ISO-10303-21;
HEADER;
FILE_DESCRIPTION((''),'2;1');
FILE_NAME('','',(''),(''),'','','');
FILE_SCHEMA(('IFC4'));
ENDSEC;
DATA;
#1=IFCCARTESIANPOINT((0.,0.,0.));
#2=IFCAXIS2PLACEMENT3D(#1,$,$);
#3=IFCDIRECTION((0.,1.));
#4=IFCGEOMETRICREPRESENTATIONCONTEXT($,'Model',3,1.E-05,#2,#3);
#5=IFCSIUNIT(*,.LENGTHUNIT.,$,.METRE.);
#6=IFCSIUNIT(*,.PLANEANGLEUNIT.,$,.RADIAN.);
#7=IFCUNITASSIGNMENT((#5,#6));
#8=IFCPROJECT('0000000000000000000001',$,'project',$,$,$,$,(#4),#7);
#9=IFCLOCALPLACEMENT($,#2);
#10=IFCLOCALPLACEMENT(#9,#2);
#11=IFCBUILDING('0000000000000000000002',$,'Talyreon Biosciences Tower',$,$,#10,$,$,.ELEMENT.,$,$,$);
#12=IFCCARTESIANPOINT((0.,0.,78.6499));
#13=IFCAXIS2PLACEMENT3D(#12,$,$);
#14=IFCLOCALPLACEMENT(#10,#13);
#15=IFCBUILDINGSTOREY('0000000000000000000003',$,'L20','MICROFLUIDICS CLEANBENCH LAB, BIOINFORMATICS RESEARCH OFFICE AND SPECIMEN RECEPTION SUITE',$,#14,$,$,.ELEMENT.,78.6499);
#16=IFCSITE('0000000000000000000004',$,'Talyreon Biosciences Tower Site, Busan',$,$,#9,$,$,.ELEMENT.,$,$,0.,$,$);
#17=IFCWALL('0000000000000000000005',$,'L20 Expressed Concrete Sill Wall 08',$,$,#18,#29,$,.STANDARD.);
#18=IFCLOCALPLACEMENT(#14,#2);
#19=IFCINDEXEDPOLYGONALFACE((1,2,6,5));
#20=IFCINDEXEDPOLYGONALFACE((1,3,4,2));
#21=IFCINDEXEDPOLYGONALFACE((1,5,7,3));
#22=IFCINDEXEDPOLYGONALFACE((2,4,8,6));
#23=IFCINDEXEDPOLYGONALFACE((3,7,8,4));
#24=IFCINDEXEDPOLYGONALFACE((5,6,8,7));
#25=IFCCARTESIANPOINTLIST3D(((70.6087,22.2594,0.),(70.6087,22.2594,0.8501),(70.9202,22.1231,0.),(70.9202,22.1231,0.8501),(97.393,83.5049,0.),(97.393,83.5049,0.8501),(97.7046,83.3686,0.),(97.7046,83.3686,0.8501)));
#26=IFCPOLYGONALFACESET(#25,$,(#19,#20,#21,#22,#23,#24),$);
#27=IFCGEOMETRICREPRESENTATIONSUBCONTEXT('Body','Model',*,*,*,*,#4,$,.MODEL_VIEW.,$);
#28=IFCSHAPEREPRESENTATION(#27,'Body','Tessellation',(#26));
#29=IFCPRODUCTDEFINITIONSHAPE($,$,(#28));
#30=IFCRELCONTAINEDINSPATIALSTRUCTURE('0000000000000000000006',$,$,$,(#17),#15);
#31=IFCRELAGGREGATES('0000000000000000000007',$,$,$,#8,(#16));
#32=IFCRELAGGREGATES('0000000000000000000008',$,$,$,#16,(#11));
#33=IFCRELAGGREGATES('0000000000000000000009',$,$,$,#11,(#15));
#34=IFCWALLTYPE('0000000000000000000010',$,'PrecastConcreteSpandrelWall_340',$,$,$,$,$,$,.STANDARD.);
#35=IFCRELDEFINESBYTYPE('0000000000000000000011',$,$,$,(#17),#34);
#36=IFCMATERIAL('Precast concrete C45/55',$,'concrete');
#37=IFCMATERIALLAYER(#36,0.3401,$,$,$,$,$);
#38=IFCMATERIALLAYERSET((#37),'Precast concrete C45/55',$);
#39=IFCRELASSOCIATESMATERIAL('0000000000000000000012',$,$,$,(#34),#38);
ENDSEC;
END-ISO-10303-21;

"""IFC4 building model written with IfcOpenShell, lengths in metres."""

from ifc_helpers import new_model, si_unit, direction, frame, frame_2d, origin, place, context, subcontext, project, spatial, rectangle, extrude, material, layer, layer_set, type_object, element, save


model = new_model("IFC4")

# Units and contexts
model_context = context("Model", 3, precision=1e-05, world=origin(), true_north=direction((0.0, 1.0)))
body_context = subcontext(model_context, "Body", "Model", "MODEL_VIEW")
ifc_project = project(units=[si_unit("LENGTHUNIT", "METRE"), si_unit("PLANEANGLEUNIT", "RADIAN")], contexts=[model_context])

# Site, building, storey
site_placement = place(None, origin())
site = spatial("IfcSite", under=ifc_project, at=site_placement, Name="Talyreon Biosciences Tower Site, Busan", CompositionType="ELEMENT", RefElevation=0.0)
building_placement = place(site_placement, origin())
building = spatial("IfcBuilding", under=site, at=building_placement, Name="Talyreon Biosciences Tower", CompositionType="ELEMENT")
storey_placement = place(building_placement, frame((0.0, 0.0, 78.6499)))
storey = spatial("IfcBuildingStorey", under=building, at=storey_placement, Name="L20", Description="MICROFLUIDICS CLEANBENCH LAB, BIOINFORMATICS RESEARCH OFFICE AND SPECIMEN RECEPTION SUITE", CompositionType="ELEMENT", Elevation=78.6499)

# Shared definitions
ifc_material_1 = material(Name="Precast concrete C45/55", Category="concrete")

# Wall
ifc_layer_1 = layer(ifc_material_1, 0.3401)
ifc_layer_set_1 = layer_set([ifc_layer_1], Name="Precast concrete C45/55")
wall_type_1 = type_object("IfcWallType", Name="PrecastConcreteSpandrelWall_340", PredefinedType="STANDARD", material=ifc_layer_set_1)
wall_1_placement = place(storey_placement, frame((97.5488, 83.4368, 0.0), z_axis=(0.0, 0.0, 1.0), x_axis=(-0.400687, -0.916215, 0.0)))
element("IfcWall", 1, at=wall_1_placement, inside=storey, type_object=wall_type_1, Name="L20 Expressed Concrete Sill Wall 08", PredefinedType="STANDARD", context=body_context, shape_type="SweptSolid", body=[
    extrude(rectangle(XDim=66.8462, YDim=0.3401, at=frame_2d((33.4231, 0.0))), origin(), (0.0, 0.0, 1.0), 0.8501),
])

save(model, "model.ifc")
